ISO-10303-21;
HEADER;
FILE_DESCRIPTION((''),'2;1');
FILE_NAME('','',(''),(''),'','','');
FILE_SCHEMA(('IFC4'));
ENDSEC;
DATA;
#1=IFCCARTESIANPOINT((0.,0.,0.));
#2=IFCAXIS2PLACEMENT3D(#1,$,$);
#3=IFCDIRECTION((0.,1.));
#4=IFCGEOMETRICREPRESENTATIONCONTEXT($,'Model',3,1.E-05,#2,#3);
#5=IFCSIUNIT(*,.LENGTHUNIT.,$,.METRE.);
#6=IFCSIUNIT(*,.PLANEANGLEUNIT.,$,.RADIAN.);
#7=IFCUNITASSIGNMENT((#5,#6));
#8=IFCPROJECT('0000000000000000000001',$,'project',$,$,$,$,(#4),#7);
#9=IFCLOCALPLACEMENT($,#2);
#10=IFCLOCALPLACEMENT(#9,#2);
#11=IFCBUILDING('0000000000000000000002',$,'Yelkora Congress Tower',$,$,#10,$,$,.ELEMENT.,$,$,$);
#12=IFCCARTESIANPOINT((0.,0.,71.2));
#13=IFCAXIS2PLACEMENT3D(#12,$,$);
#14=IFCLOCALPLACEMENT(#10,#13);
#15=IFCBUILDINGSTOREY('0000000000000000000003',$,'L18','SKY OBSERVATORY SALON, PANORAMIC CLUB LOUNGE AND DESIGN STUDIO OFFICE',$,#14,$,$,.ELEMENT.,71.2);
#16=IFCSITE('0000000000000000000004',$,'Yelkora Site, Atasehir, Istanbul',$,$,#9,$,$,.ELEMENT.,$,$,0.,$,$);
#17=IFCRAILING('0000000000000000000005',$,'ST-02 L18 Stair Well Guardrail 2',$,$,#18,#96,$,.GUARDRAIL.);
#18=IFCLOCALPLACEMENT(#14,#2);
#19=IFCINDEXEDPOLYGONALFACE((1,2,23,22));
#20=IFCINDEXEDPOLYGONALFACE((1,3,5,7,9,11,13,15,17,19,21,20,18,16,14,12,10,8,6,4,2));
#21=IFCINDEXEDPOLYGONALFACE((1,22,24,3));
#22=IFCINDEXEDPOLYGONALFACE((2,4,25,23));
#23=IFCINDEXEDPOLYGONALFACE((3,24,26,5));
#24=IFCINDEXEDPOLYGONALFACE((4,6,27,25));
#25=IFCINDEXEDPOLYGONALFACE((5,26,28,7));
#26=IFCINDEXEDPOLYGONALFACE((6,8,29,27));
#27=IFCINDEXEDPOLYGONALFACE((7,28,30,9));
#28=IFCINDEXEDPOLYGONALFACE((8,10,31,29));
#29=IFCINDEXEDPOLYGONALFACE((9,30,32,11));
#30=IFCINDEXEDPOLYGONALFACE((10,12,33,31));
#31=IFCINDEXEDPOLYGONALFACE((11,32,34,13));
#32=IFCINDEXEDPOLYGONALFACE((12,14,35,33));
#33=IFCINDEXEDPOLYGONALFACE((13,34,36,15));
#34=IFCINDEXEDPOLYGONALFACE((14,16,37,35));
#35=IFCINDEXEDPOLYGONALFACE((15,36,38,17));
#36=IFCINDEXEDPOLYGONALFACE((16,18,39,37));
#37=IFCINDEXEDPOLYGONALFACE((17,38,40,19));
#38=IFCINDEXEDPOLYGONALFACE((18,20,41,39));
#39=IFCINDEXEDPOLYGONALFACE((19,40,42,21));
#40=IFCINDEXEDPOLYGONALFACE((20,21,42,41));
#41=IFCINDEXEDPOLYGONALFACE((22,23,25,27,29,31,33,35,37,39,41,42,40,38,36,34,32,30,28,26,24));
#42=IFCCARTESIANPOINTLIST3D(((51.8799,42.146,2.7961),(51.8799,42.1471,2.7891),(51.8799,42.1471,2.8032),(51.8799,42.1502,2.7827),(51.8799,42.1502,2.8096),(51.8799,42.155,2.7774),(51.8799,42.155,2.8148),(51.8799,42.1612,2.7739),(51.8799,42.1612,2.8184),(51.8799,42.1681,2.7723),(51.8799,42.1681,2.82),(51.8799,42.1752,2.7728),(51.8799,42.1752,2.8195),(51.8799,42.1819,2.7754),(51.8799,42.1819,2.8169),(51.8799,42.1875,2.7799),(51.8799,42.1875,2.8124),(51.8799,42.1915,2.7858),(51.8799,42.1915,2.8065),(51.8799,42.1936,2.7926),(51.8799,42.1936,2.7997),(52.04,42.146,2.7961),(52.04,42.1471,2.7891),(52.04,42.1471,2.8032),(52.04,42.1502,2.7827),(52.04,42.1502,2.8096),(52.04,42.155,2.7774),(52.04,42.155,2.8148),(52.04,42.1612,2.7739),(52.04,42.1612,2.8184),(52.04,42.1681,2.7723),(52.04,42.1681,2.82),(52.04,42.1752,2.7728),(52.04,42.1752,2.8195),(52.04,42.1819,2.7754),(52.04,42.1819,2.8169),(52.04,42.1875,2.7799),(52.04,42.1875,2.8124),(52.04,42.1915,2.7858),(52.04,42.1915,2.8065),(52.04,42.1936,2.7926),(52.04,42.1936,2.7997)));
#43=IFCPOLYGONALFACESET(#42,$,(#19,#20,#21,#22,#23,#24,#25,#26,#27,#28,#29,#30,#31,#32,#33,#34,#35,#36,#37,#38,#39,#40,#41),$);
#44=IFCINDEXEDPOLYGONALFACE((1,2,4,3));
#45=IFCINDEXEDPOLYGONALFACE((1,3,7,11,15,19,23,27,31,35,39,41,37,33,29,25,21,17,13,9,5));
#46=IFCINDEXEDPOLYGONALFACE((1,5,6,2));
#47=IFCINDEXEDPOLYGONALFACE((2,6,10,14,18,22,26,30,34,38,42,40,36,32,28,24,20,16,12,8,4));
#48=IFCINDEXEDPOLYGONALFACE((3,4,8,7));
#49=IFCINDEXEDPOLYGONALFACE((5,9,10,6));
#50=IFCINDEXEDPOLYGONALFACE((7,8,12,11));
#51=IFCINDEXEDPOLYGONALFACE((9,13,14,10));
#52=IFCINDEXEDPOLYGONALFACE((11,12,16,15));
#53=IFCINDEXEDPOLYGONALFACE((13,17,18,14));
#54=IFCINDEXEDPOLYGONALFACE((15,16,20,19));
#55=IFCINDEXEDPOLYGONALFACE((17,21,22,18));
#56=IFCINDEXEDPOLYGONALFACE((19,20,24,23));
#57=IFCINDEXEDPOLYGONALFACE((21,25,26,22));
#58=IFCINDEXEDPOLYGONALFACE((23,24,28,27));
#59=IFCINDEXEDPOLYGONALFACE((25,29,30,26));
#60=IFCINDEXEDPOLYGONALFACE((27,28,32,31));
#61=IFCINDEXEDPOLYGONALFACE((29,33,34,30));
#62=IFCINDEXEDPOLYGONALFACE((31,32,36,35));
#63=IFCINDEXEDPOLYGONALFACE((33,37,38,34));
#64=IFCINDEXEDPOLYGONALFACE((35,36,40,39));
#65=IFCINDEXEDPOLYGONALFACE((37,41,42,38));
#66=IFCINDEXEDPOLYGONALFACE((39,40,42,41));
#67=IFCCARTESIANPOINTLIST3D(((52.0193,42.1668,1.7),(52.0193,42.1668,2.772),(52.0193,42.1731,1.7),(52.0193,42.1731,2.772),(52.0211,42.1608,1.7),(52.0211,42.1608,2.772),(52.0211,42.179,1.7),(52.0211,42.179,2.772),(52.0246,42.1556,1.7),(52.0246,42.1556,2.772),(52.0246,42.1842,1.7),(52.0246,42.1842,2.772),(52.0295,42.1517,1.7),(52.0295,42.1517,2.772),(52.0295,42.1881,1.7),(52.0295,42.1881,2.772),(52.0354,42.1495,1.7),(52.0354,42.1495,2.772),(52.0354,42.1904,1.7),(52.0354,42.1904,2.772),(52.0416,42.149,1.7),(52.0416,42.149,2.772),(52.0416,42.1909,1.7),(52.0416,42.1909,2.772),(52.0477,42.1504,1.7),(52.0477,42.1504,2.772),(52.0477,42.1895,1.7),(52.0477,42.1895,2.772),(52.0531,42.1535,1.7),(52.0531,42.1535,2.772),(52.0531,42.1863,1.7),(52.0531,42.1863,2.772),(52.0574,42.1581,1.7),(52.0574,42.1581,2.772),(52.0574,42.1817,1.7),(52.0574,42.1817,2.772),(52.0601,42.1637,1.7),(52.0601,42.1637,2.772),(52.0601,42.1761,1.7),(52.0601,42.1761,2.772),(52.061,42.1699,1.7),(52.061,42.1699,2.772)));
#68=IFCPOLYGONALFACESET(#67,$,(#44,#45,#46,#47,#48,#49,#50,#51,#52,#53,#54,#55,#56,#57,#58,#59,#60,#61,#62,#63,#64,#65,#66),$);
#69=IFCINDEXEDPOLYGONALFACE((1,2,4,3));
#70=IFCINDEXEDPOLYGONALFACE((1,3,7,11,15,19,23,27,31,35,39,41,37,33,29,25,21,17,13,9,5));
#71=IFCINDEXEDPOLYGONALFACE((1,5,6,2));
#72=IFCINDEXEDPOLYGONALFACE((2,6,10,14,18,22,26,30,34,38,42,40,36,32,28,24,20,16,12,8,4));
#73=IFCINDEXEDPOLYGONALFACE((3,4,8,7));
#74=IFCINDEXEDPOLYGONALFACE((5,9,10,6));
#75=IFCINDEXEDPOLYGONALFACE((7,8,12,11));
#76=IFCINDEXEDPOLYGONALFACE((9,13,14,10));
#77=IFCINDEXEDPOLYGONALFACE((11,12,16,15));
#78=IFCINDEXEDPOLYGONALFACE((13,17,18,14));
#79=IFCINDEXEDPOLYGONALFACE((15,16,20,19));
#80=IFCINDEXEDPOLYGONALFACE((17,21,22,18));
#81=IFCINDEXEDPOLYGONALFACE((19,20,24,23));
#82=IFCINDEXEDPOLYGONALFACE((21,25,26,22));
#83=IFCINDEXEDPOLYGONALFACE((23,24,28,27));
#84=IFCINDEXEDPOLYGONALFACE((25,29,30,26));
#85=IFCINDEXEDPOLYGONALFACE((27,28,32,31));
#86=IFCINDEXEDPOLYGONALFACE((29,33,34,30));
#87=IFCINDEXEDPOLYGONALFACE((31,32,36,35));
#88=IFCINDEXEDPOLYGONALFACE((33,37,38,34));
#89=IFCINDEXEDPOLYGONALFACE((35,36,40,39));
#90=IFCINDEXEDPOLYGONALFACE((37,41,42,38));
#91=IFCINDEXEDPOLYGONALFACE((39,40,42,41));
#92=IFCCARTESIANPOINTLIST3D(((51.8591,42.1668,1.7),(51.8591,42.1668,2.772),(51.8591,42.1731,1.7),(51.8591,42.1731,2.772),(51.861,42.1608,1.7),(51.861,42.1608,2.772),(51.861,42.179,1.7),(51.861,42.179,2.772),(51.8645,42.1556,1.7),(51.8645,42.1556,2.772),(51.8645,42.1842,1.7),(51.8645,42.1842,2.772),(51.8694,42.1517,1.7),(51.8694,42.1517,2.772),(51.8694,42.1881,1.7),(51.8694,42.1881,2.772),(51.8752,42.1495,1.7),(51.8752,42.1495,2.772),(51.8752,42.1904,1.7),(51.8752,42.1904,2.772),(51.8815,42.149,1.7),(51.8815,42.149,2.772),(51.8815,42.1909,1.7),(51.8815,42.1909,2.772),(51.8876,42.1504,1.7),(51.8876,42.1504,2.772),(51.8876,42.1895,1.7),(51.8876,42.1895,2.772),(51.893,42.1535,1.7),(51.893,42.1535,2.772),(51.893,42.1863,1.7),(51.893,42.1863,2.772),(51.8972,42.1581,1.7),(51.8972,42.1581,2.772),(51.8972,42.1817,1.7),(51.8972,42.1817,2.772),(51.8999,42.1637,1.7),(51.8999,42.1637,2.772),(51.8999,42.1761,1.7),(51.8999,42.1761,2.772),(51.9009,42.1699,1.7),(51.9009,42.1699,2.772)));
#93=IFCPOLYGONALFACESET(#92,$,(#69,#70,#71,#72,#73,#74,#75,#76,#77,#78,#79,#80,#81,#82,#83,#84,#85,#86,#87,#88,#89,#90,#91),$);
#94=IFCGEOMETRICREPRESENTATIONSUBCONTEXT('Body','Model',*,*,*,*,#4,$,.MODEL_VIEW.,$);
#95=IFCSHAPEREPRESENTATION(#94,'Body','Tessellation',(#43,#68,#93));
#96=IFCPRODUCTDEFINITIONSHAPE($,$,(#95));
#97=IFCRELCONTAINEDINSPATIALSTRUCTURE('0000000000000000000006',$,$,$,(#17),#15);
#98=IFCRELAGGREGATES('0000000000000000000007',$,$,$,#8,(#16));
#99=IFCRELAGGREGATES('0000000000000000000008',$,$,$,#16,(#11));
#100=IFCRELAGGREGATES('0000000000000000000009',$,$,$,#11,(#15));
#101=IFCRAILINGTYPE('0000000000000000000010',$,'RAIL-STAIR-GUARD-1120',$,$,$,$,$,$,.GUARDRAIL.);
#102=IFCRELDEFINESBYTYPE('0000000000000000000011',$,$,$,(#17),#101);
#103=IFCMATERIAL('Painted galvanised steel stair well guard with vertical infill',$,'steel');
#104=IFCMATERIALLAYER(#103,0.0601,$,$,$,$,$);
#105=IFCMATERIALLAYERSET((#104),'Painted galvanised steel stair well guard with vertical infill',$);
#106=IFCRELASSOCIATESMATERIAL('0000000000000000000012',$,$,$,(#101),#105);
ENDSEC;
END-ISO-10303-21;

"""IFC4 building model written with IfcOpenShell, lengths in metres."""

from ifc_helpers import new_model, si_unit, direction, frame, origin, origin_2d, place, context, subcontext, project, spatial, circle, extrude, material, layer, layer_set, type_object, element, save


model = new_model("IFC4")

# Units and contexts
model_context = context("Model", 3, precision=1e-05, world=origin(), true_north=direction((0.0, 1.0)))
body_context = subcontext(model_context, "Body", "Model", "MODEL_VIEW")
ifc_project = project(units=[si_unit("LENGTHUNIT", "METRE"), si_unit("PLANEANGLEUNIT", "RADIAN")], contexts=[model_context])

# Site, building, storey
site_placement = place(None, origin())
site = spatial("IfcSite", under=ifc_project, at=site_placement, Name="Yelkora Site, Atasehir, Istanbul", CompositionType="ELEMENT", RefElevation=0.0)
building_placement = place(site_placement, origin())
building = spatial("IfcBuilding", under=site, at=building_placement, Name="Yelkora Congress Tower", CompositionType="ELEMENT")
storey_placement = place(building_placement, frame((0.0, 0.0, 71.2)))
storey = spatial("IfcBuildingStorey", under=building, at=storey_placement, Name="L18", Description="SKY OBSERVATORY SALON, PANORAMIC CLUB LOUNGE AND DESIGN STUDIO OFFICE", CompositionType="ELEMENT", Elevation=71.2)

# Railing
ifc_material_1 = material(Name="Painted galvanised steel stair well guard with vertical infill", Category="steel")
ifc_layer_1 = layer(ifc_material_1, 0.0601)
ifc_layer_set_1 = layer_set([ifc_layer_1], Name="Painted galvanised steel stair well guard with vertical infill")
railing_type_1 = type_object("IfcRailingType", Name="RAIL-STAIR-GUARD-1120", PredefinedType="GUARDRAIL", material=ifc_layer_set_1)
railing_1_placement = place(storey_placement, frame((52.04, 42.1699, 1.7)))
element("IfcRailing", 1, at=railing_1_placement, inside=storey, type_object=railing_type_1, Name="ST-02 L18 Stair Well Guardrail 2", PredefinedType="GUARDRAIL", context=body_context, shape_type="SweptSolid", body=[
    extrude(circle(Radius=0.0239, at=origin_2d()), frame((0.0, 0.0, 1.0962), z_axis=(-1.0, 0.0, 0.0), x_axis=(0.0, -1.0, 0.0)), (0.0, 0.0, 1.0), 0.1602),
    extrude(circle(Radius=0.021, at=origin_2d()), origin(), (0.0, 0.0, 1.0), 1.072),
    extrude(circle(Radius=0.021, at=origin_2d()), frame((-0.1602, 0.0, 0.0)), (0.0, 0.0, 1.0), 1.072),
])

save(model, "model.ifc")
